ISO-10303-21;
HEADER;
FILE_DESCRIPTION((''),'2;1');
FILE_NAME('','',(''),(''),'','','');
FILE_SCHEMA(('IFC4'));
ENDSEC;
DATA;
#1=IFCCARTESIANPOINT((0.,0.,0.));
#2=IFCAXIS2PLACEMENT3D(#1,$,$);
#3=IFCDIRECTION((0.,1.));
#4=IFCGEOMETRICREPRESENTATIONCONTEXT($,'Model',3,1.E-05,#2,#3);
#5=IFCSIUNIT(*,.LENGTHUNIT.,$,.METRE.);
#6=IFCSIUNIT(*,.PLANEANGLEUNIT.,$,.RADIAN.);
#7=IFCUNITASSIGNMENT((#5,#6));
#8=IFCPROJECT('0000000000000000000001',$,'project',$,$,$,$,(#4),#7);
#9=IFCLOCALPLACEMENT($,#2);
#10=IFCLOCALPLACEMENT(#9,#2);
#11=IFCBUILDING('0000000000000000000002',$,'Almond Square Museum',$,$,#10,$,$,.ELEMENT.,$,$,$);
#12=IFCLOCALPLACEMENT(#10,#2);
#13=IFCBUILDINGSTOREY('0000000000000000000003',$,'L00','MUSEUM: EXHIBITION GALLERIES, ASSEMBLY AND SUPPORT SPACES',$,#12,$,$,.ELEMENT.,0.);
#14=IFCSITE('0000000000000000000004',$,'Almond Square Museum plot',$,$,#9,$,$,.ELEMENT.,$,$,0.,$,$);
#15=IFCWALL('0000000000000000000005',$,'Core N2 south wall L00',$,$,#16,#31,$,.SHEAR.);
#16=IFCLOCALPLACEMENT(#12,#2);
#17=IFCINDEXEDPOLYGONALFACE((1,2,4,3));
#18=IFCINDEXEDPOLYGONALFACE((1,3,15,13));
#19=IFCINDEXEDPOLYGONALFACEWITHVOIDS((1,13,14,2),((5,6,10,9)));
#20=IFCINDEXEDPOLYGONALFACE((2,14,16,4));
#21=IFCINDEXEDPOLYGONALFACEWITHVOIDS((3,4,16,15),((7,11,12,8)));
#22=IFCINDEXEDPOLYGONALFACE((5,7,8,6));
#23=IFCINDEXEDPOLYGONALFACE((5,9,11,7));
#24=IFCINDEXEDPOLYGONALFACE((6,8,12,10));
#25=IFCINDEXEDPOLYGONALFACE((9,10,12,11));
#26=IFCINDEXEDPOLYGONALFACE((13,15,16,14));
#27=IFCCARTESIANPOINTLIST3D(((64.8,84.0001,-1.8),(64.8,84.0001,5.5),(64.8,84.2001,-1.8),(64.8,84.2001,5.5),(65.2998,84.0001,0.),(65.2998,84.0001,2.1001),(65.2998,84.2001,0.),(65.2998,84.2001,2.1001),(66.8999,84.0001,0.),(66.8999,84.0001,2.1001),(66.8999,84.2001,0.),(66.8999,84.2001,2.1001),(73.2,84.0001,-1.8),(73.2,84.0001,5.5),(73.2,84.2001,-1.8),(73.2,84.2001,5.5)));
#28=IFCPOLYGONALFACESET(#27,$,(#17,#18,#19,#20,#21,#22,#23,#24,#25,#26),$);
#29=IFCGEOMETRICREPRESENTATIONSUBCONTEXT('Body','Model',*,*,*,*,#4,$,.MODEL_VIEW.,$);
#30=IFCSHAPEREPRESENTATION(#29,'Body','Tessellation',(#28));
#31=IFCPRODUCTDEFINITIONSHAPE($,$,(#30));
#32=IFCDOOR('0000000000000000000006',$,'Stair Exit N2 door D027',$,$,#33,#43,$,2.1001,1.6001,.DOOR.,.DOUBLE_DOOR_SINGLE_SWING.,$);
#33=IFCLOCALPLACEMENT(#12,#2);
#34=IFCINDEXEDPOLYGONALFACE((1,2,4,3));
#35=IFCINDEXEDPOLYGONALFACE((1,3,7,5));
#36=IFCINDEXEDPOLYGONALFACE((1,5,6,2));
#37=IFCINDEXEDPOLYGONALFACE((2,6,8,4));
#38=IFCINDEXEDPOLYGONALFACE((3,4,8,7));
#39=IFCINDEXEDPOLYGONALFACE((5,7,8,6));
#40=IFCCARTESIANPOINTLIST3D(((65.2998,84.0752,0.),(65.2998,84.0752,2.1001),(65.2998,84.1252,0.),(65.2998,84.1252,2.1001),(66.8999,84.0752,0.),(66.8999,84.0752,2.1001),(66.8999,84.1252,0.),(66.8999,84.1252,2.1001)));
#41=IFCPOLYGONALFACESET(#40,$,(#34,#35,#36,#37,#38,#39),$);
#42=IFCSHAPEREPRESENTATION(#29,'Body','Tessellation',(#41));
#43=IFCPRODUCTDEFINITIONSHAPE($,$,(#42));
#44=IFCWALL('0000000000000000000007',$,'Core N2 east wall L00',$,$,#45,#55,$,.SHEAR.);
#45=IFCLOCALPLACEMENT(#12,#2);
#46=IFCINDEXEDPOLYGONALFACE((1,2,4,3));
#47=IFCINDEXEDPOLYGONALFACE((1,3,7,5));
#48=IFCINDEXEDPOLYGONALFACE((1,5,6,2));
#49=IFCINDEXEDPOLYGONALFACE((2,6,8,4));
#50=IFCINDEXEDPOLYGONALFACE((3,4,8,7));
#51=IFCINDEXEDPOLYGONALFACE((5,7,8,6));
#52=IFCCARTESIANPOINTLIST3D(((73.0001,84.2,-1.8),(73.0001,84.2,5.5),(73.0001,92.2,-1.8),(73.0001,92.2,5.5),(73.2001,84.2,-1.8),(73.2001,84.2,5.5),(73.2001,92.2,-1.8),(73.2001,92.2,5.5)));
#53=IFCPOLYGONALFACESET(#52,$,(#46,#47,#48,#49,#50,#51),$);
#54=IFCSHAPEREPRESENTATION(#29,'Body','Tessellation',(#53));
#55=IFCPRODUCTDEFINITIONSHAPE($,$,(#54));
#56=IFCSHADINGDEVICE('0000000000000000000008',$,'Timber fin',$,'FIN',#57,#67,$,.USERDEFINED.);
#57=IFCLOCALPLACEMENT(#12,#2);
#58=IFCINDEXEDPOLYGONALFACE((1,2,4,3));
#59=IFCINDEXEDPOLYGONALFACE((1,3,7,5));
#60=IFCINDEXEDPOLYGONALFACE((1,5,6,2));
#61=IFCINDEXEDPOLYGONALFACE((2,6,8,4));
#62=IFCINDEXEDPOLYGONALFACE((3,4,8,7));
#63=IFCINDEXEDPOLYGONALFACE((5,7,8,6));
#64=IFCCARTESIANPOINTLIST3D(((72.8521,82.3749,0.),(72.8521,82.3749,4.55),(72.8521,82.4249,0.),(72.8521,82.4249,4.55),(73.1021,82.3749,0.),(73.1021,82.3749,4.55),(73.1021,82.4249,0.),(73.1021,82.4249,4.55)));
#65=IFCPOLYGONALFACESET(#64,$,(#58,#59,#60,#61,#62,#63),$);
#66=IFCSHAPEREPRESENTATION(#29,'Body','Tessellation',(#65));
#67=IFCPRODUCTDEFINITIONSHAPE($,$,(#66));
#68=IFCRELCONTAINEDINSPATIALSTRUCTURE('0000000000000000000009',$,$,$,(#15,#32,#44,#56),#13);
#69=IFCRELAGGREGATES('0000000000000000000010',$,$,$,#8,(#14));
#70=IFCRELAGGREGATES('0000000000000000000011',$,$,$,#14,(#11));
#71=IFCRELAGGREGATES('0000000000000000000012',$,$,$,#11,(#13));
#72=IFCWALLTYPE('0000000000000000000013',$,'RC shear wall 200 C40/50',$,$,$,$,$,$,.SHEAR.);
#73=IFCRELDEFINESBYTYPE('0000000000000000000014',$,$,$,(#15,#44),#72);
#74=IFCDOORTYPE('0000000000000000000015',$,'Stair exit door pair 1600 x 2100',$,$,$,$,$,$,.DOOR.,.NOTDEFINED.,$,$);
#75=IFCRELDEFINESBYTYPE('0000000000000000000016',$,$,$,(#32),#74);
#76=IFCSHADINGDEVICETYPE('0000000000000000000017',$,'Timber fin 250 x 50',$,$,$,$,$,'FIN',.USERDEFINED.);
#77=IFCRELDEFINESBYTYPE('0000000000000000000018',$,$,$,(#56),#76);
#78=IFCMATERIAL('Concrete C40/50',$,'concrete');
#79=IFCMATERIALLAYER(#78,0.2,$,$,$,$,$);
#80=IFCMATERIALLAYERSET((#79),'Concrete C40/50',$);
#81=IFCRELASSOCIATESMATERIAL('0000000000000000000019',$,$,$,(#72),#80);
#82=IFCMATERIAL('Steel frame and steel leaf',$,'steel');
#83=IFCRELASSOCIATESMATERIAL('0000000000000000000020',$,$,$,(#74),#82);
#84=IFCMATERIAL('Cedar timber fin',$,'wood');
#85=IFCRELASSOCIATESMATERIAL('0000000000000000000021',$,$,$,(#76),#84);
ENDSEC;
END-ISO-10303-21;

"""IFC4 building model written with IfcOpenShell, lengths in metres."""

from ifc_helpers import new_model, si_unit, direction, frame, frame_2d, origin, origin_2d, place, context, subcontext, project, spatial, rectangle, extrude, material, layer, layer_set, material_profile, profile_set, type_object, element, fill, save


model = new_model("IFC4")

# Units and contexts
model_context = context("Model", 3, precision=1e-05, world=origin(), true_north=direction((0.0, 1.0)))
body_context = subcontext(model_context, "Body", "Model", "MODEL_VIEW")
ifc_project = project(units=[si_unit("LENGTHUNIT", "METRE"), si_unit("PLANEANGLEUNIT", "RADIAN")], contexts=[model_context])

# Site, building, storey
site_placement = place(None, origin())
site = spatial("IfcSite", under=ifc_project, at=site_placement, Name="Almond Square Museum plot", CompositionType="ELEMENT", RefElevation=0.0)
building_placement = place(site_placement, origin())
building = spatial("IfcBuilding", under=site, at=building_placement, Name="Almond Square Museum", CompositionType="ELEMENT")
storey_placement = place(building_placement, origin())
storey = spatial("IfcBuildingStorey", under=building, at=storey_placement, Name="L00", Description="MUSEUM: EXHIBITION GALLERIES, ASSEMBLY AND SUPPORT SPACES", CompositionType="ELEMENT", Elevation=0.0)

# Wall, opening, door
ifc_material_1 = material(Name="Concrete C40/50", Category="concrete")
ifc_layer_1 = layer(ifc_material_1, 0.2)
ifc_layer_set_1 = layer_set([ifc_layer_1], Name="Concrete C40/50")
wall_type = type_object("IfcWallType", Name="RC shear wall 200 C40/50", PredefinedType="SHEAR", material=ifc_layer_set_1)
wall_1_placement = place(storey_placement, frame((73.2, 84.1001, -1.8), z_axis=(0.0, 0.0, 1.0), x_axis=(-1.0, 0.0, 0.0)))
wall_1 = element("IfcWall", 1, at=wall_1_placement, inside=storey, type_object=wall_type, Name="Core N2 south wall L00", PredefinedType="SHEAR", context=body_context, shape_type="SweptSolid", body=[
    extrude(rectangle(XDim=8.3999, YDim=0.2, at=frame_2d((4.2, 0.0))), origin(), (0.0, 0.0, 1.0), 7.3),
])
opening_placement = place(wall_1_placement, frame((6.3, 0.0, 1.8)))
opening = element("IfcOpeningElement", 2, at=opening_placement, cuts=wall_1, PredefinedType="OPENING", context=body_context, shape_type="SweptSolid", body=[
    extrude(rectangle(XDim=1.6001, YDim=2.1001, at=frame_2d((0.8, 1.05))), frame((0.0, 0.1099, 0.0), z_axis=(0.0, -1.0, 0.0), x_axis=(1.0, 0.0, 0.0)), (0.0, 0.0, 1.0), 0.22),
])
ifc_material_2 = material(Name="Steel frame and steel leaf", Category="steel")
door_type = type_object("IfcDoorType", Name="Stair exit door pair 1600 x 2100", OperationType="NOTDEFINED", PredefinedType="DOOR", material=ifc_material_2)
door_placement = place(opening_placement, origin())
door = element("IfcDoor", 3, at=door_placement, inside=storey, type_object=door_type, Name="Stair Exit N2 door D027", OperationType="DOUBLE_DOOR_SINGLE_SWING", OverallHeight=2.1001, OverallWidth=1.6001, PredefinedType="DOOR", context=body_context, shape_type="SweptSolid", body=[
    extrude(rectangle(XDim=1.6001, YDim=2.1001, at=frame_2d((0.8, 1.05))), frame((0.0, 0.0249, 0.0), z_axis=(0.0, -1.0, 0.0), x_axis=(1.0, 0.0, 0.0)), (0.0, 0.0, 1.0), 0.05),
])
fill(opening, door)

# Wall
wall_2_placement = place(storey_placement, frame((73.1001, 84.2, -1.8), z_axis=(0.0, 0.0, 1.0), x_axis=(0.0, 1.0, 0.0)))
element("IfcWall", 4, at=wall_2_placement, inside=storey, type_object=wall_type, Name="Core N2 east wall L00", PredefinedType="SHEAR", context=body_context, shape_type="SweptSolid", body=[
    extrude(rectangle(XDim=8.0, YDim=0.2, at=frame_2d((4.0, 0.0))), origin(), (0.0, 0.0, 1.0), 7.3),
])

# Shading device
ifc_material_3 = material(Name="Cedar timber fin", Category="wood")
ifc_material_profile_1 = material_profile(ifc_material_3, rectangle(XDim=0.25, YDim=0.05, at=origin_2d()))
ifc_profile_set_1 = profile_set([ifc_material_profile_1], Name="Cedar timber fin")
shading_device_type = type_object("IfcShadingDeviceType", Name="Timber fin 250 x 50", ElementType="FIN", PredefinedType="USERDEFINED", material=ifc_profile_set_1)
shading_device_placement = place(storey_placement, frame((72.9771, 82.3999, 0.0), z_axis=(0.0, 0.0, 1.0), x_axis=(-1.0, 0.0, 0.0)))
element("IfcShadingDevice", 5, at=shading_device_placement, inside=storey, type_object=shading_device_type, Name="Timber fin", ObjectType="FIN", PredefinedType="USERDEFINED", context=body_context, shape_type="SweptSolid", body=[
    extrude(rectangle(XDim=0.25, YDim=0.05, at=origin_2d()), origin(), (0.0, 0.0, 1.0), 4.55),
])

save(model, "model.ifc")
